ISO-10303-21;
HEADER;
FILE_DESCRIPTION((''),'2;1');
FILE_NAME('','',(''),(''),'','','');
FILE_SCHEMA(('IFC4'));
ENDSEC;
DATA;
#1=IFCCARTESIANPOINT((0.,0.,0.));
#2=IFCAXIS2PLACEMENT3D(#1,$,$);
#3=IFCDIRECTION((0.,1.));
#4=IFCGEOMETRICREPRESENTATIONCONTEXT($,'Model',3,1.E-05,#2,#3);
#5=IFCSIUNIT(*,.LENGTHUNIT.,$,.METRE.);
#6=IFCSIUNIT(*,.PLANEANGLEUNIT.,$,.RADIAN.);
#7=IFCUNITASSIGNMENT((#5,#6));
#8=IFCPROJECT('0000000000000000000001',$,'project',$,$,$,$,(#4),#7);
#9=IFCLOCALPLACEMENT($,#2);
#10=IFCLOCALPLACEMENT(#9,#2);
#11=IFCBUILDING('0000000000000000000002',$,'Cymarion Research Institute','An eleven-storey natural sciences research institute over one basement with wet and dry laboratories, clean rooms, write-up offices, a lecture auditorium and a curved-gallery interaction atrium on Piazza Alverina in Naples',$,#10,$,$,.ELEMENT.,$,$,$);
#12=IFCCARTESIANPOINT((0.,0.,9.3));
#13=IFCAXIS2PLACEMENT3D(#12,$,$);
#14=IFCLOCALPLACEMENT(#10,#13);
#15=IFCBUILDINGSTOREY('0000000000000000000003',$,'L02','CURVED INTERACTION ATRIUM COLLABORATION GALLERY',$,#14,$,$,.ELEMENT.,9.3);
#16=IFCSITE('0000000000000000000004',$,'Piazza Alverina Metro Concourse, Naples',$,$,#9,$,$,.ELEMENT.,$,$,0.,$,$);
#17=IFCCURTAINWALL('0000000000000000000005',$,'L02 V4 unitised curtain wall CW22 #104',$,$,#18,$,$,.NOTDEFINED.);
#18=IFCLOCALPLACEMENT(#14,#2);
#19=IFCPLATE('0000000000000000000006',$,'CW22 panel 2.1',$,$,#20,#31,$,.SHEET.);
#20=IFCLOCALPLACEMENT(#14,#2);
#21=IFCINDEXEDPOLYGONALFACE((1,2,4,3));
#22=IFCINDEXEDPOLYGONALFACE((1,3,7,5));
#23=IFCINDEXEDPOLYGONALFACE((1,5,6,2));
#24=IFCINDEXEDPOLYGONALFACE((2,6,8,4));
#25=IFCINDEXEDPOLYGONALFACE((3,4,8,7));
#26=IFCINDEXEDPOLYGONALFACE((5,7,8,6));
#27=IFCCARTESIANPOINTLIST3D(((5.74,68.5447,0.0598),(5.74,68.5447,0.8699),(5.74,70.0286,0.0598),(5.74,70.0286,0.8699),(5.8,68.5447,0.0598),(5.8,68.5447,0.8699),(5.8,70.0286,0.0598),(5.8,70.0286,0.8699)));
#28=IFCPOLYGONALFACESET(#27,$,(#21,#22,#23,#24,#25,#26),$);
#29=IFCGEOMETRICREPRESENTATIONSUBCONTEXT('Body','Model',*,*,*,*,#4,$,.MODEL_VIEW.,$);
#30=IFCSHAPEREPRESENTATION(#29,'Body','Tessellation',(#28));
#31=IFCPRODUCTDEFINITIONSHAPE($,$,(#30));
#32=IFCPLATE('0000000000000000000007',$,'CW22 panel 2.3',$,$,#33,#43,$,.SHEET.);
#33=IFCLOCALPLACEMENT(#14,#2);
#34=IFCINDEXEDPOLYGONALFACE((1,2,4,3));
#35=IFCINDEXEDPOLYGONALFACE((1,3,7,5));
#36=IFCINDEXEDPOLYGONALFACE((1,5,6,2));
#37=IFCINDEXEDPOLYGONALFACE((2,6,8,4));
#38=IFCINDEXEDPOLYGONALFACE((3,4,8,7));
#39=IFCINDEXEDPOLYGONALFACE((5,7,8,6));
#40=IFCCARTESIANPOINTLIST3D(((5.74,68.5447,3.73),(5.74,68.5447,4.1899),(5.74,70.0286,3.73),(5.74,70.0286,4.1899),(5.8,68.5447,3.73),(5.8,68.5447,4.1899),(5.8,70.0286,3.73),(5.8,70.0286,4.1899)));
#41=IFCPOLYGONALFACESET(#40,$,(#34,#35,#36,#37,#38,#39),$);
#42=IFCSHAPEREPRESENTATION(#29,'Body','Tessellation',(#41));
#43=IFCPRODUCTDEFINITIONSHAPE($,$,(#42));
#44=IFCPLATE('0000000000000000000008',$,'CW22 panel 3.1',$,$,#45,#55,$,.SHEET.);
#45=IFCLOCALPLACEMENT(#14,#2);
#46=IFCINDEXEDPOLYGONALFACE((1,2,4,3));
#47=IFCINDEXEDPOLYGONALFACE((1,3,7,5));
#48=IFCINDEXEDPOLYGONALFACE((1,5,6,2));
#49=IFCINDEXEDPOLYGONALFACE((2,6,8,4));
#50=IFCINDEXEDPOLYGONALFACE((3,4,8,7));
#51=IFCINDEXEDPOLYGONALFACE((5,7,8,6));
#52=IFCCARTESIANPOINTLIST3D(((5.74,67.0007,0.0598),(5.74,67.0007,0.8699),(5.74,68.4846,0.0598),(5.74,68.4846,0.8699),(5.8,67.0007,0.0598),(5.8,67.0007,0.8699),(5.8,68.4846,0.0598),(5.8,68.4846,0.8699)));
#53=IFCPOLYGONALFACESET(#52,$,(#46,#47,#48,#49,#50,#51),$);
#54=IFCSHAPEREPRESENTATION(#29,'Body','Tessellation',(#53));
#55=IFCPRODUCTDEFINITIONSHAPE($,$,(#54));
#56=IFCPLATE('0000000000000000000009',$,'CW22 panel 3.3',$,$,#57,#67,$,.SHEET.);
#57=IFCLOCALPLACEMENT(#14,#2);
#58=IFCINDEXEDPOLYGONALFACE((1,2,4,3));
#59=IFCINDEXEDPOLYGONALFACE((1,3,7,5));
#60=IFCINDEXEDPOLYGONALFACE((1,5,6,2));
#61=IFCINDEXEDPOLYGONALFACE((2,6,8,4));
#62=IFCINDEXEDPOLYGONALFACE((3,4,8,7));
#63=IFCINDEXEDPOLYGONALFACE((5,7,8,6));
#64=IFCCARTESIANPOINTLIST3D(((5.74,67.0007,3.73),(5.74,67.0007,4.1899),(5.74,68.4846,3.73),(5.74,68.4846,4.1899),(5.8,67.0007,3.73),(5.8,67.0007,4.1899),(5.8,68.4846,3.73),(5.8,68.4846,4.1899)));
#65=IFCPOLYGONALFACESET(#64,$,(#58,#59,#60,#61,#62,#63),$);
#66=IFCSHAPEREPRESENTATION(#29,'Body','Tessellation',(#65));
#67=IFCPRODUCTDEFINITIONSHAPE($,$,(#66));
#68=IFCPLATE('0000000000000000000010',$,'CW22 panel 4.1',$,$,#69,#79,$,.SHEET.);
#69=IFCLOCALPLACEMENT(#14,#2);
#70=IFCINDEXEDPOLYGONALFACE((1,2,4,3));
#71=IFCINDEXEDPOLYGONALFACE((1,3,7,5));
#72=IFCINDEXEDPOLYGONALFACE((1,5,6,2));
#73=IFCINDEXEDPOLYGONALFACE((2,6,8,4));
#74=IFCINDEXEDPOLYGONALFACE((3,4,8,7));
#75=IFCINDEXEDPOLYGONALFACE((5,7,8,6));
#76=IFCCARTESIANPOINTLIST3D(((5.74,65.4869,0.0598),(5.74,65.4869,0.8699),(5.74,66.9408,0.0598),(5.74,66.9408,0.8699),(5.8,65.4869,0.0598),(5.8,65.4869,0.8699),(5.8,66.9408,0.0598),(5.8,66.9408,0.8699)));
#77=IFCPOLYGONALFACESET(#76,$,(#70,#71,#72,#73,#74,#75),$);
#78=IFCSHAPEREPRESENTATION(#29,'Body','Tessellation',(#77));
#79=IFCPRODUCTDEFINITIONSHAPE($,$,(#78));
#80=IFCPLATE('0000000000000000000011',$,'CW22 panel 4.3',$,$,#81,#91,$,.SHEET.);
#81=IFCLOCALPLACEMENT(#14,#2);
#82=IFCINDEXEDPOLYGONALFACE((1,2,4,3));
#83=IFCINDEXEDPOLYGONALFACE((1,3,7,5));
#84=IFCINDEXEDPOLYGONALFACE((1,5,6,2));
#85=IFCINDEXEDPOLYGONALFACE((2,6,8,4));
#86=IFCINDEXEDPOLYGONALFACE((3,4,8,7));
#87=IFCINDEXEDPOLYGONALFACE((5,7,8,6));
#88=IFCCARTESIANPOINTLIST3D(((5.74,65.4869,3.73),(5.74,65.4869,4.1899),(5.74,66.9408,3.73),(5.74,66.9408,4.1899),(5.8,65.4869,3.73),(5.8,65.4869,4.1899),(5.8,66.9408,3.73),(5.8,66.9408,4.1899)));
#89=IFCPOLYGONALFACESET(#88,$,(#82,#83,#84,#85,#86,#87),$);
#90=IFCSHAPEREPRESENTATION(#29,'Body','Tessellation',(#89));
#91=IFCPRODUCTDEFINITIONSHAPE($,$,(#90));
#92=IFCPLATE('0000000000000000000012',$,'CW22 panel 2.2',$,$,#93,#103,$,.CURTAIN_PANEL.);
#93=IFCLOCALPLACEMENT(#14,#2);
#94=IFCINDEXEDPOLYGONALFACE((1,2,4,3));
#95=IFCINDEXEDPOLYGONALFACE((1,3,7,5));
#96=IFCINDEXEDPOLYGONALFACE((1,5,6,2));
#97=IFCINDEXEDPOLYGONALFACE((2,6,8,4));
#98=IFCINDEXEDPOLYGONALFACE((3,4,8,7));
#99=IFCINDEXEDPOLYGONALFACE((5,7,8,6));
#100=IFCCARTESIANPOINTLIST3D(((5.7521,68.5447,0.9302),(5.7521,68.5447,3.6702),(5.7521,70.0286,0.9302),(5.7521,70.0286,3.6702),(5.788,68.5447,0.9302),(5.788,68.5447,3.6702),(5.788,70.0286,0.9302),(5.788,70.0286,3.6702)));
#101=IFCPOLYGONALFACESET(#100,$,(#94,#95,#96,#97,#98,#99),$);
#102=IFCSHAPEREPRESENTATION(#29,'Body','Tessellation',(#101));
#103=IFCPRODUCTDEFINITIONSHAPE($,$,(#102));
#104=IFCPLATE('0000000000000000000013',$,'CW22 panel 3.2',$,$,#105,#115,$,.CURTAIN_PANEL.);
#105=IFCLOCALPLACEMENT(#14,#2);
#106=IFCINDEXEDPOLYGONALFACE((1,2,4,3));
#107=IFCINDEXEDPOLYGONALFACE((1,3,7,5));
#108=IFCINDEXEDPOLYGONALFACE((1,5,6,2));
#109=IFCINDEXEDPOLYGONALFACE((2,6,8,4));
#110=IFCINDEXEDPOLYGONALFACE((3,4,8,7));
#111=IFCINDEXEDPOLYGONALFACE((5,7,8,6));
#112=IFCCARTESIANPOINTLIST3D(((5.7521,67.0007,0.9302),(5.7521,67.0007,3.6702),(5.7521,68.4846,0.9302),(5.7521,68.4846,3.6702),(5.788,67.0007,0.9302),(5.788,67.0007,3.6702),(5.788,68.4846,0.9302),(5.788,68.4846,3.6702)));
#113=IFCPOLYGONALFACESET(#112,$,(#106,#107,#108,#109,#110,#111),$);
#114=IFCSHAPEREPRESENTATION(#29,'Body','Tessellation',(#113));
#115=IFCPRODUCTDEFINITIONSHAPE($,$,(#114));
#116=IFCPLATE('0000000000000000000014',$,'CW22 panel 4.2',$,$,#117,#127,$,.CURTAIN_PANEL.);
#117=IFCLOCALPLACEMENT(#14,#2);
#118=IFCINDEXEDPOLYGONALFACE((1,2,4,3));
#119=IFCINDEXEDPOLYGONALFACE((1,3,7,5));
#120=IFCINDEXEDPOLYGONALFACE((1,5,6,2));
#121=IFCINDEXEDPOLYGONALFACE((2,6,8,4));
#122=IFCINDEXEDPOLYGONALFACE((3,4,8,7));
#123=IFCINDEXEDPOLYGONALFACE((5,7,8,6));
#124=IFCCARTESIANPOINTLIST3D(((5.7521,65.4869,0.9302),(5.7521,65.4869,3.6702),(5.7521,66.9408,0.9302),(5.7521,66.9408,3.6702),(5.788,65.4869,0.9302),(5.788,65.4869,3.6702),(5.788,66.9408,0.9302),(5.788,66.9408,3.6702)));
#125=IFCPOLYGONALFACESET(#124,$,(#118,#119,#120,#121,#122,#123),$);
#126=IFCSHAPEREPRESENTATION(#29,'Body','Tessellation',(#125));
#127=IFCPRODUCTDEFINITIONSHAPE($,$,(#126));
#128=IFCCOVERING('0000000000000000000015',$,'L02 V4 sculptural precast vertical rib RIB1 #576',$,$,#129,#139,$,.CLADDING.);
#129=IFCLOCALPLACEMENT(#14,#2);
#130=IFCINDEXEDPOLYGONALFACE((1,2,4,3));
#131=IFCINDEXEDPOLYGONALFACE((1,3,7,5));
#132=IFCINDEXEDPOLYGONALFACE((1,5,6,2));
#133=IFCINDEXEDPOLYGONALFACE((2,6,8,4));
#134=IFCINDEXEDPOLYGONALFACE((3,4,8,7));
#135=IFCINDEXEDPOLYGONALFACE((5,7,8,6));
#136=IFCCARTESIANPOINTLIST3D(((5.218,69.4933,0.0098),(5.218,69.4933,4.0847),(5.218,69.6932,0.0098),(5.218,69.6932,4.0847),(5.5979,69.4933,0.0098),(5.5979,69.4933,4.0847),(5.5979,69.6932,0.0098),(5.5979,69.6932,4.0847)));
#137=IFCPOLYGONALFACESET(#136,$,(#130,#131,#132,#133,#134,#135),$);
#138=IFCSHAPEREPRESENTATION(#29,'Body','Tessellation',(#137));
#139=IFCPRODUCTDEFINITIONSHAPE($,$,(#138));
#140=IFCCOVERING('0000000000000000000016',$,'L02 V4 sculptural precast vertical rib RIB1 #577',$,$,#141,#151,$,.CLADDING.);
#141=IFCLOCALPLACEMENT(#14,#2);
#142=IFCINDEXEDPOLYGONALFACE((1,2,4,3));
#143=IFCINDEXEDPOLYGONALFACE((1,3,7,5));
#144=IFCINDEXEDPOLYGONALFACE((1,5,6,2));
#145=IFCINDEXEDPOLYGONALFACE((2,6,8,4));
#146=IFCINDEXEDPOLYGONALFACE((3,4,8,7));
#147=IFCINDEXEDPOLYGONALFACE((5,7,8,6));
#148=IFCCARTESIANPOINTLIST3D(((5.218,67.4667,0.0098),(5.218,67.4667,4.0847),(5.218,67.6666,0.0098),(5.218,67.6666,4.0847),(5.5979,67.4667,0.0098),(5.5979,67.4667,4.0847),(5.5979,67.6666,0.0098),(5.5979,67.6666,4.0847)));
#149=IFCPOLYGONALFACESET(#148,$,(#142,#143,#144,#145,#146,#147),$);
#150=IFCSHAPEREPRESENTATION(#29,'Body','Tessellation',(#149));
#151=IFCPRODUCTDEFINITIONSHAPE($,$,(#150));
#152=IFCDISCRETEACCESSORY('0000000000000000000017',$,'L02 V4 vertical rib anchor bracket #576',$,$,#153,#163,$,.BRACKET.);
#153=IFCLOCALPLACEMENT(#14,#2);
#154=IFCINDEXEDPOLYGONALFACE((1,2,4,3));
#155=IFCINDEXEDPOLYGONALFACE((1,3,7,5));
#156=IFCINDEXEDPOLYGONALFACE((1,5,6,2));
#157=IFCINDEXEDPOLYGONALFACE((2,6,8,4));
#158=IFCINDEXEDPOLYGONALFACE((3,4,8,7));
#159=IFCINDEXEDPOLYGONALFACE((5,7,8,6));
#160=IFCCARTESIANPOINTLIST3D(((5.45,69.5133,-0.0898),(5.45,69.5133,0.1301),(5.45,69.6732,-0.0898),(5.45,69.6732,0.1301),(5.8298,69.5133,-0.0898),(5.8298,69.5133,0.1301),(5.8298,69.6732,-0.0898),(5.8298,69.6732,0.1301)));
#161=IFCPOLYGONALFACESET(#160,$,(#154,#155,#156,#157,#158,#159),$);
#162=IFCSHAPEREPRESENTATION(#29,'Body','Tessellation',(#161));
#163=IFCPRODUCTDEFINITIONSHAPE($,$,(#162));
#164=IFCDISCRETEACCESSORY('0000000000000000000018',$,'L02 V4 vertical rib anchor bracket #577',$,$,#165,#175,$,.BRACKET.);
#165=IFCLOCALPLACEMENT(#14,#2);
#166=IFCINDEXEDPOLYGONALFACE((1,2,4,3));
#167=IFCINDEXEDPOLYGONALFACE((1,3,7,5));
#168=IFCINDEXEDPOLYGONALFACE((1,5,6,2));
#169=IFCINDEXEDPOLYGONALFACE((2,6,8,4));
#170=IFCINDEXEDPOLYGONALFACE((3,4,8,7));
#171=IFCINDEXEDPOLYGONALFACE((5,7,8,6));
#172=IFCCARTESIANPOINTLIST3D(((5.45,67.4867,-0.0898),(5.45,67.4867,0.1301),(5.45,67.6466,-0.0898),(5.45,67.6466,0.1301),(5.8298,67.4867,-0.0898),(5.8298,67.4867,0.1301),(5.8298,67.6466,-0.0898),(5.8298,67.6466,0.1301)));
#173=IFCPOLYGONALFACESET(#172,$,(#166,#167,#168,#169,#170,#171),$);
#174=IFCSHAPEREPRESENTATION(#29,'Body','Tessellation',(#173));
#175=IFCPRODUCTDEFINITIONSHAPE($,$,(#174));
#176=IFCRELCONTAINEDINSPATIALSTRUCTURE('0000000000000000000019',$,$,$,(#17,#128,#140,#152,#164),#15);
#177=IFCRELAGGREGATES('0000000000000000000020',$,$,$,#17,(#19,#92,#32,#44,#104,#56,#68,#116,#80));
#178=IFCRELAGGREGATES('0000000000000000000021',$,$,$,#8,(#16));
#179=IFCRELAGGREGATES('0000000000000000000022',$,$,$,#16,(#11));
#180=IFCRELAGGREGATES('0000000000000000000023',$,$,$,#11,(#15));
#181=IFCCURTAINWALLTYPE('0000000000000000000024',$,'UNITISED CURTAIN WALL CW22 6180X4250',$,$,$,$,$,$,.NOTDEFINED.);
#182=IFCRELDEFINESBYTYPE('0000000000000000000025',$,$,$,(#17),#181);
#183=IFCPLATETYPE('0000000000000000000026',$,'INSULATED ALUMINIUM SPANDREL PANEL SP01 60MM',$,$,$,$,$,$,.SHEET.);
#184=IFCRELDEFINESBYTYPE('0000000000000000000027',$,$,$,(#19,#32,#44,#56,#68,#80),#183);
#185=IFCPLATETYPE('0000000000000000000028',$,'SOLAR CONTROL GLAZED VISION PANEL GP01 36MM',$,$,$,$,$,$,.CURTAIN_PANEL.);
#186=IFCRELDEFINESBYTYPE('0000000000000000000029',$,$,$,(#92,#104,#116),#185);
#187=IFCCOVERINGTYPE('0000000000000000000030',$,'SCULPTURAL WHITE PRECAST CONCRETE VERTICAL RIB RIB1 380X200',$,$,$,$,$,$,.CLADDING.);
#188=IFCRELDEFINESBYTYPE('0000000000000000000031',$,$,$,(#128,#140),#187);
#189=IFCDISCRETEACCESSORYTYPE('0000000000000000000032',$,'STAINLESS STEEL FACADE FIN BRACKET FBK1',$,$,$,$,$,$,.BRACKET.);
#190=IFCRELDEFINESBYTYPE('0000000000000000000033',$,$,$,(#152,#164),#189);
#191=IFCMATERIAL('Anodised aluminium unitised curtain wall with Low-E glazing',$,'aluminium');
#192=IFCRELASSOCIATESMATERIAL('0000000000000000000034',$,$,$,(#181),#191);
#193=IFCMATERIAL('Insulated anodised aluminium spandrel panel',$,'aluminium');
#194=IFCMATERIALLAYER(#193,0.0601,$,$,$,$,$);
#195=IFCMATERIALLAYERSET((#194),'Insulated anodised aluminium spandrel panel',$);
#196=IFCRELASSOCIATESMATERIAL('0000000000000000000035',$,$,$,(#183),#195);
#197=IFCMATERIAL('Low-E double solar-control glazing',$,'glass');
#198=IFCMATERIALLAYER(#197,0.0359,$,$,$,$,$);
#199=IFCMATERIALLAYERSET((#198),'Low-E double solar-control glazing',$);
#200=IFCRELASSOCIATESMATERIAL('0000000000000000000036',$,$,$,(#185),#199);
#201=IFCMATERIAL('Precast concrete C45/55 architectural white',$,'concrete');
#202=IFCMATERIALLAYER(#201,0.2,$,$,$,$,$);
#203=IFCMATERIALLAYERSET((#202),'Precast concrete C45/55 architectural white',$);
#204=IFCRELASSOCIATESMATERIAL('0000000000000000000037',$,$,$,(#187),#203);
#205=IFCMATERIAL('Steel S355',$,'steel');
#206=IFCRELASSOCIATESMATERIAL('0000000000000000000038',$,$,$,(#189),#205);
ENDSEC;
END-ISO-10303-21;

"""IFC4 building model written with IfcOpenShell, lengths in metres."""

from ifc_helpers import new_model, si_unit, direction, frame, origin, origin_2d, place, context, subcontext, project, spatial, rectangle, extrude, material, layer, layer_set, type_object, element, aggregate, save


model = new_model("IFC4")

# Units and contexts
model_context = context("Model", 3, precision=1e-05, world=origin(), true_north=direction((0.0, 1.0)))
body_context = subcontext(model_context, "Body", "Model", "MODEL_VIEW")
ifc_project = project(units=[si_unit("LENGTHUNIT", "METRE"), si_unit("PLANEANGLEUNIT", "RADIAN")], contexts=[model_context])

# Site, building, storey
site_placement = place(None, origin())
site = spatial("IfcSite", under=ifc_project, at=site_placement, Name="Piazza Alverina Metro Concourse, Naples", CompositionType="ELEMENT", RefElevation=0.0)
building_placement = place(site_placement, origin())
building = spatial("IfcBuilding", under=site, at=building_placement, Name="Cymarion Research Institute", Description="An eleven-storey natural sciences research institute over one basement with wet and dry laboratories, clean rooms, write-up offices, a lecture auditorium and a curved-gallery interaction atrium on Piazza Alverina in Naples", CompositionType="ELEMENT")
storey_placement = place(building_placement, frame((0.0, 0.0, 9.3)))
storey = spatial("IfcBuildingStorey", under=building, at=storey_placement, Name="L02", Description="CURVED INTERACTION ATRIUM COLLABORATION GALLERY", CompositionType="ELEMENT", Elevation=9.3)

# Curtain wall, plates
ifc_material_1 = material(Name="Anodised aluminium unitised curtain wall with Low-E glazing", Category="aluminium")
curtain_wall_type = type_object("IfcCurtainWallType", Name="UNITISED CURTAIN WALL CW22 6180X4250", PredefinedType="NOTDEFINED", material=ifc_material_1)
curtain_wall_placement = place(storey_placement, origin())
curtain_wall = element("IfcCurtainWall", 1, at=curtain_wall_placement, inside=storey, type_object=curtain_wall_type, Name="L02 V4 unitised curtain wall CW22 #104", PredefinedType="NOTDEFINED")
ifc_material_2 = material(Name="Insulated anodised aluminium spandrel panel", Category="aluminium")
ifc_layer_1 = layer(ifc_material_2, 0.0601)
ifc_layer_set_1 = layer_set([ifc_layer_1], Name="Insulated anodised aluminium spandrel panel")
plate_type_1 = type_object("IfcPlateType", Name="INSULATED ALUMINIUM SPANDREL PANEL SP01 60MM", PredefinedType="SHEET", material=ifc_layer_set_1)
plate_1_placement = place(storey_placement, frame((5.77, 69.2866, 0.0598), z_axis=(0.0, 0.0, 1.0), x_axis=(0.0, -1.0, 0.0)))
plate_1 = element("IfcPlate", 2, at=plate_1_placement, type_object=plate_type_1, Name="CW22 panel 2.1", PredefinedType="SHEET", context=body_context, shape_type="SweptSolid", body=[
    extrude(rectangle(XDim=1.4839, YDim=0.0601, at=origin_2d()), origin(), (0.0, 0.0, 1.0), 0.8101),
])
plate_2_placement = place(storey_placement, frame((5.77, 69.2866, 3.73), z_axis=(0.0, 0.0, 1.0), x_axis=(0.0, -1.0, 0.0)))
plate_2 = element("IfcPlate", 3, at=plate_2_placement, type_object=plate_type_1, Name="CW22 panel 2.3", PredefinedType="SHEET", context=body_context, shape_type="SweptSolid", body=[
    extrude(rectangle(XDim=1.4839, YDim=0.0601, at=origin_2d()), origin(), (0.0, 0.0, 1.0), 0.46),
])
plate_3_placement = place(storey_placement, frame((5.77, 67.7427, 0.0598), z_axis=(0.0, 0.0, 1.0), x_axis=(0.0, -1.0, 0.0)))
plate_3 = element("IfcPlate", 4, at=plate_3_placement, type_object=plate_type_1, Name="CW22 panel 3.1", PredefinedType="SHEET", context=body_context, shape_type="SweptSolid", body=[
    extrude(rectangle(XDim=1.4839, YDim=0.0601, at=origin_2d()), origin(), (0.0, 0.0, 1.0), 0.8101),
])
plate_4_placement = place(storey_placement, frame((5.77, 67.7427, 3.73), z_axis=(0.0, 0.0, 1.0), x_axis=(0.0, -1.0, 0.0)))
plate_4 = element("IfcPlate", 5, at=plate_4_placement, type_object=plate_type_1, Name="CW22 panel 3.3", PredefinedType="SHEET", context=body_context, shape_type="SweptSolid", body=[
    extrude(rectangle(XDim=1.4839, YDim=0.0601, at=origin_2d()), origin(), (0.0, 0.0, 1.0), 0.46),
])
plate_5_placement = place(storey_placement, frame((5.77, 66.2139, 0.0598), z_axis=(0.0, 0.0, 1.0), x_axis=(0.0, -1.0, 0.0)))
plate_5 = element("IfcPlate", 6, at=plate_5_placement, type_object=plate_type_1, Name="CW22 panel 4.1", PredefinedType="SHEET", context=body_context, shape_type="SweptSolid", body=[
    extrude(rectangle(XDim=1.4539, YDim=0.0601, at=origin_2d()), origin(), (0.0, 0.0, 1.0), 0.8101),
])
plate_6_placement = place(storey_placement, frame((5.77, 66.2139, 3.73), z_axis=(0.0, 0.0, 1.0), x_axis=(0.0, -1.0, 0.0)))
plate_6 = element("IfcPlate", 7, at=plate_6_placement, type_object=plate_type_1, Name="CW22 panel 4.3", PredefinedType="SHEET", context=body_context, shape_type="SweptSolid", body=[
    extrude(rectangle(XDim=1.4539, YDim=0.0601, at=origin_2d()), origin(), (0.0, 0.0, 1.0), 0.46),
])
ifc_material_3 = material(Name="Low-E double solar-control glazing", Category="glass")
ifc_layer_2 = layer(ifc_material_3, 0.0359)
ifc_layer_set_2 = layer_set([ifc_layer_2], Name="Low-E double solar-control glazing")
plate_type_2 = type_object("IfcPlateType", Name="SOLAR CONTROL GLAZED VISION PANEL GP01 36MM", PredefinedType="CURTAIN_PANEL", material=ifc_layer_set_2)
plate_7_placement = place(storey_placement, frame((5.77, 69.2866, 0.9302), z_axis=(0.0, 0.0, 1.0), x_axis=(0.0, -1.0, 0.0)))
plate_7 = element("IfcPlate", 8, at=plate_7_placement, type_object=plate_type_2, Name="CW22 panel 2.2", PredefinedType="CURTAIN_PANEL", context=body_context, shape_type="SweptSolid", body=[
    extrude(rectangle(XDim=1.4839, YDim=0.0359, at=origin_2d()), origin(), (0.0, 0.0, 1.0), 2.74),
])
plate_8_placement = place(storey_placement, frame((5.77, 67.7427, 0.9302), z_axis=(0.0, 0.0, 1.0), x_axis=(0.0, -1.0, 0.0)))
plate_8 = element("IfcPlate", 9, at=plate_8_placement, type_object=plate_type_2, Name="CW22 panel 3.2", PredefinedType="CURTAIN_PANEL", context=body_context, shape_type="SweptSolid", body=[
    extrude(rectangle(XDim=1.4839, YDim=0.0359, at=origin_2d()), origin(), (0.0, 0.0, 1.0), 2.74),
])
plate_9_placement = place(storey_placement, frame((5.77, 66.2139, 0.9302), z_axis=(0.0, 0.0, 1.0), x_axis=(0.0, -1.0, 0.0)))
plate_9 = element("IfcPlate", 10, at=plate_9_placement, type_object=plate_type_2, Name="CW22 panel 4.2", PredefinedType="CURTAIN_PANEL", context=body_context, shape_type="SweptSolid", body=[
    extrude(rectangle(XDim=1.4539, YDim=0.0359, at=origin_2d()), origin(), (0.0, 0.0, 1.0), 2.74),
])
aggregate(curtain_wall, [plate_1, plate_7, plate_2, plate_3, plate_8, plate_4, plate_5, plate_9, plate_6])

# Coverings
ifc_material_4 = material(Name="Precast concrete C45/55 architectural white", Category="concrete")
ifc_layer_3 = layer(ifc_material_4, 0.2)
ifc_layer_set_3 = layer_set([ifc_layer_3], Name="Precast concrete C45/55 architectural white")
covering_type = type_object("IfcCoveringType", Name="SCULPTURAL WHITE PRECAST CONCRETE VERTICAL RIB RIB1 380X200", PredefinedType="CLADDING", material=ifc_layer_set_3)
for number, where, z_axis, x_axis, name in (
    (11, (5.408, 69.5933, 0.0098), (0.0, 0.0, 1.0), (-1.0, 0.0, 0.0), "L02 V4 sculptural precast vertical rib RIB1 #576"),
    (12, (5.408, 67.5667, 0.0098), (0.0, 0.0, 1.0), (-1.0, 0.0, 0.0), "L02 V4 sculptural precast vertical rib RIB1 #577"),
):
    element("IfcCovering", number, at=place(storey_placement, frame(where, z_axis=z_axis, x_axis=x_axis)), inside=storey, type_object=covering_type, Name=name, PredefinedType="CLADDING", context=body_context, shape_type="SweptSolid", body=[
        extrude(rectangle(XDim=0.3799, YDim=0.2, at=origin_2d()), origin(), (0.0, 0.0, 1.0), 4.075),
    ])

# Discrete accessories
ifc_material_5 = material(Name="Steel S355", Category="steel")
discrete_accessory_type = type_object("IfcDiscreteAccessoryType", Name="STAINLESS STEEL FACADE FIN BRACKET FBK1", PredefinedType="BRACKET", material=ifc_material_5)
for number, where, z_axis, x_axis, name in (
    (13, (5.6399, 69.5933, -0.0898), (0.0, 0.0, 1.0), (-1.0, 0.0, 0.0), "L02 V4 vertical rib anchor bracket #576"),
    (14, (5.6399, 67.5667, -0.0898), (0.0, 0.0, 1.0), (-1.0, 0.0, 0.0), "L02 V4 vertical rib anchor bracket #577"),
):
    element("IfcDiscreteAccessory", number, at=place(storey_placement, frame(where, z_axis=z_axis, x_axis=x_axis)), inside=storey, type_object=discrete_accessory_type, Name=name, PredefinedType="BRACKET", context=body_context, shape_type="SweptSolid", body=[
        extrude(rectangle(XDim=0.3799, YDim=0.1599, at=origin_2d()), origin(), (0.0, 0.0, 1.0), 0.22),
    ])

save(model, "model.ifc")
